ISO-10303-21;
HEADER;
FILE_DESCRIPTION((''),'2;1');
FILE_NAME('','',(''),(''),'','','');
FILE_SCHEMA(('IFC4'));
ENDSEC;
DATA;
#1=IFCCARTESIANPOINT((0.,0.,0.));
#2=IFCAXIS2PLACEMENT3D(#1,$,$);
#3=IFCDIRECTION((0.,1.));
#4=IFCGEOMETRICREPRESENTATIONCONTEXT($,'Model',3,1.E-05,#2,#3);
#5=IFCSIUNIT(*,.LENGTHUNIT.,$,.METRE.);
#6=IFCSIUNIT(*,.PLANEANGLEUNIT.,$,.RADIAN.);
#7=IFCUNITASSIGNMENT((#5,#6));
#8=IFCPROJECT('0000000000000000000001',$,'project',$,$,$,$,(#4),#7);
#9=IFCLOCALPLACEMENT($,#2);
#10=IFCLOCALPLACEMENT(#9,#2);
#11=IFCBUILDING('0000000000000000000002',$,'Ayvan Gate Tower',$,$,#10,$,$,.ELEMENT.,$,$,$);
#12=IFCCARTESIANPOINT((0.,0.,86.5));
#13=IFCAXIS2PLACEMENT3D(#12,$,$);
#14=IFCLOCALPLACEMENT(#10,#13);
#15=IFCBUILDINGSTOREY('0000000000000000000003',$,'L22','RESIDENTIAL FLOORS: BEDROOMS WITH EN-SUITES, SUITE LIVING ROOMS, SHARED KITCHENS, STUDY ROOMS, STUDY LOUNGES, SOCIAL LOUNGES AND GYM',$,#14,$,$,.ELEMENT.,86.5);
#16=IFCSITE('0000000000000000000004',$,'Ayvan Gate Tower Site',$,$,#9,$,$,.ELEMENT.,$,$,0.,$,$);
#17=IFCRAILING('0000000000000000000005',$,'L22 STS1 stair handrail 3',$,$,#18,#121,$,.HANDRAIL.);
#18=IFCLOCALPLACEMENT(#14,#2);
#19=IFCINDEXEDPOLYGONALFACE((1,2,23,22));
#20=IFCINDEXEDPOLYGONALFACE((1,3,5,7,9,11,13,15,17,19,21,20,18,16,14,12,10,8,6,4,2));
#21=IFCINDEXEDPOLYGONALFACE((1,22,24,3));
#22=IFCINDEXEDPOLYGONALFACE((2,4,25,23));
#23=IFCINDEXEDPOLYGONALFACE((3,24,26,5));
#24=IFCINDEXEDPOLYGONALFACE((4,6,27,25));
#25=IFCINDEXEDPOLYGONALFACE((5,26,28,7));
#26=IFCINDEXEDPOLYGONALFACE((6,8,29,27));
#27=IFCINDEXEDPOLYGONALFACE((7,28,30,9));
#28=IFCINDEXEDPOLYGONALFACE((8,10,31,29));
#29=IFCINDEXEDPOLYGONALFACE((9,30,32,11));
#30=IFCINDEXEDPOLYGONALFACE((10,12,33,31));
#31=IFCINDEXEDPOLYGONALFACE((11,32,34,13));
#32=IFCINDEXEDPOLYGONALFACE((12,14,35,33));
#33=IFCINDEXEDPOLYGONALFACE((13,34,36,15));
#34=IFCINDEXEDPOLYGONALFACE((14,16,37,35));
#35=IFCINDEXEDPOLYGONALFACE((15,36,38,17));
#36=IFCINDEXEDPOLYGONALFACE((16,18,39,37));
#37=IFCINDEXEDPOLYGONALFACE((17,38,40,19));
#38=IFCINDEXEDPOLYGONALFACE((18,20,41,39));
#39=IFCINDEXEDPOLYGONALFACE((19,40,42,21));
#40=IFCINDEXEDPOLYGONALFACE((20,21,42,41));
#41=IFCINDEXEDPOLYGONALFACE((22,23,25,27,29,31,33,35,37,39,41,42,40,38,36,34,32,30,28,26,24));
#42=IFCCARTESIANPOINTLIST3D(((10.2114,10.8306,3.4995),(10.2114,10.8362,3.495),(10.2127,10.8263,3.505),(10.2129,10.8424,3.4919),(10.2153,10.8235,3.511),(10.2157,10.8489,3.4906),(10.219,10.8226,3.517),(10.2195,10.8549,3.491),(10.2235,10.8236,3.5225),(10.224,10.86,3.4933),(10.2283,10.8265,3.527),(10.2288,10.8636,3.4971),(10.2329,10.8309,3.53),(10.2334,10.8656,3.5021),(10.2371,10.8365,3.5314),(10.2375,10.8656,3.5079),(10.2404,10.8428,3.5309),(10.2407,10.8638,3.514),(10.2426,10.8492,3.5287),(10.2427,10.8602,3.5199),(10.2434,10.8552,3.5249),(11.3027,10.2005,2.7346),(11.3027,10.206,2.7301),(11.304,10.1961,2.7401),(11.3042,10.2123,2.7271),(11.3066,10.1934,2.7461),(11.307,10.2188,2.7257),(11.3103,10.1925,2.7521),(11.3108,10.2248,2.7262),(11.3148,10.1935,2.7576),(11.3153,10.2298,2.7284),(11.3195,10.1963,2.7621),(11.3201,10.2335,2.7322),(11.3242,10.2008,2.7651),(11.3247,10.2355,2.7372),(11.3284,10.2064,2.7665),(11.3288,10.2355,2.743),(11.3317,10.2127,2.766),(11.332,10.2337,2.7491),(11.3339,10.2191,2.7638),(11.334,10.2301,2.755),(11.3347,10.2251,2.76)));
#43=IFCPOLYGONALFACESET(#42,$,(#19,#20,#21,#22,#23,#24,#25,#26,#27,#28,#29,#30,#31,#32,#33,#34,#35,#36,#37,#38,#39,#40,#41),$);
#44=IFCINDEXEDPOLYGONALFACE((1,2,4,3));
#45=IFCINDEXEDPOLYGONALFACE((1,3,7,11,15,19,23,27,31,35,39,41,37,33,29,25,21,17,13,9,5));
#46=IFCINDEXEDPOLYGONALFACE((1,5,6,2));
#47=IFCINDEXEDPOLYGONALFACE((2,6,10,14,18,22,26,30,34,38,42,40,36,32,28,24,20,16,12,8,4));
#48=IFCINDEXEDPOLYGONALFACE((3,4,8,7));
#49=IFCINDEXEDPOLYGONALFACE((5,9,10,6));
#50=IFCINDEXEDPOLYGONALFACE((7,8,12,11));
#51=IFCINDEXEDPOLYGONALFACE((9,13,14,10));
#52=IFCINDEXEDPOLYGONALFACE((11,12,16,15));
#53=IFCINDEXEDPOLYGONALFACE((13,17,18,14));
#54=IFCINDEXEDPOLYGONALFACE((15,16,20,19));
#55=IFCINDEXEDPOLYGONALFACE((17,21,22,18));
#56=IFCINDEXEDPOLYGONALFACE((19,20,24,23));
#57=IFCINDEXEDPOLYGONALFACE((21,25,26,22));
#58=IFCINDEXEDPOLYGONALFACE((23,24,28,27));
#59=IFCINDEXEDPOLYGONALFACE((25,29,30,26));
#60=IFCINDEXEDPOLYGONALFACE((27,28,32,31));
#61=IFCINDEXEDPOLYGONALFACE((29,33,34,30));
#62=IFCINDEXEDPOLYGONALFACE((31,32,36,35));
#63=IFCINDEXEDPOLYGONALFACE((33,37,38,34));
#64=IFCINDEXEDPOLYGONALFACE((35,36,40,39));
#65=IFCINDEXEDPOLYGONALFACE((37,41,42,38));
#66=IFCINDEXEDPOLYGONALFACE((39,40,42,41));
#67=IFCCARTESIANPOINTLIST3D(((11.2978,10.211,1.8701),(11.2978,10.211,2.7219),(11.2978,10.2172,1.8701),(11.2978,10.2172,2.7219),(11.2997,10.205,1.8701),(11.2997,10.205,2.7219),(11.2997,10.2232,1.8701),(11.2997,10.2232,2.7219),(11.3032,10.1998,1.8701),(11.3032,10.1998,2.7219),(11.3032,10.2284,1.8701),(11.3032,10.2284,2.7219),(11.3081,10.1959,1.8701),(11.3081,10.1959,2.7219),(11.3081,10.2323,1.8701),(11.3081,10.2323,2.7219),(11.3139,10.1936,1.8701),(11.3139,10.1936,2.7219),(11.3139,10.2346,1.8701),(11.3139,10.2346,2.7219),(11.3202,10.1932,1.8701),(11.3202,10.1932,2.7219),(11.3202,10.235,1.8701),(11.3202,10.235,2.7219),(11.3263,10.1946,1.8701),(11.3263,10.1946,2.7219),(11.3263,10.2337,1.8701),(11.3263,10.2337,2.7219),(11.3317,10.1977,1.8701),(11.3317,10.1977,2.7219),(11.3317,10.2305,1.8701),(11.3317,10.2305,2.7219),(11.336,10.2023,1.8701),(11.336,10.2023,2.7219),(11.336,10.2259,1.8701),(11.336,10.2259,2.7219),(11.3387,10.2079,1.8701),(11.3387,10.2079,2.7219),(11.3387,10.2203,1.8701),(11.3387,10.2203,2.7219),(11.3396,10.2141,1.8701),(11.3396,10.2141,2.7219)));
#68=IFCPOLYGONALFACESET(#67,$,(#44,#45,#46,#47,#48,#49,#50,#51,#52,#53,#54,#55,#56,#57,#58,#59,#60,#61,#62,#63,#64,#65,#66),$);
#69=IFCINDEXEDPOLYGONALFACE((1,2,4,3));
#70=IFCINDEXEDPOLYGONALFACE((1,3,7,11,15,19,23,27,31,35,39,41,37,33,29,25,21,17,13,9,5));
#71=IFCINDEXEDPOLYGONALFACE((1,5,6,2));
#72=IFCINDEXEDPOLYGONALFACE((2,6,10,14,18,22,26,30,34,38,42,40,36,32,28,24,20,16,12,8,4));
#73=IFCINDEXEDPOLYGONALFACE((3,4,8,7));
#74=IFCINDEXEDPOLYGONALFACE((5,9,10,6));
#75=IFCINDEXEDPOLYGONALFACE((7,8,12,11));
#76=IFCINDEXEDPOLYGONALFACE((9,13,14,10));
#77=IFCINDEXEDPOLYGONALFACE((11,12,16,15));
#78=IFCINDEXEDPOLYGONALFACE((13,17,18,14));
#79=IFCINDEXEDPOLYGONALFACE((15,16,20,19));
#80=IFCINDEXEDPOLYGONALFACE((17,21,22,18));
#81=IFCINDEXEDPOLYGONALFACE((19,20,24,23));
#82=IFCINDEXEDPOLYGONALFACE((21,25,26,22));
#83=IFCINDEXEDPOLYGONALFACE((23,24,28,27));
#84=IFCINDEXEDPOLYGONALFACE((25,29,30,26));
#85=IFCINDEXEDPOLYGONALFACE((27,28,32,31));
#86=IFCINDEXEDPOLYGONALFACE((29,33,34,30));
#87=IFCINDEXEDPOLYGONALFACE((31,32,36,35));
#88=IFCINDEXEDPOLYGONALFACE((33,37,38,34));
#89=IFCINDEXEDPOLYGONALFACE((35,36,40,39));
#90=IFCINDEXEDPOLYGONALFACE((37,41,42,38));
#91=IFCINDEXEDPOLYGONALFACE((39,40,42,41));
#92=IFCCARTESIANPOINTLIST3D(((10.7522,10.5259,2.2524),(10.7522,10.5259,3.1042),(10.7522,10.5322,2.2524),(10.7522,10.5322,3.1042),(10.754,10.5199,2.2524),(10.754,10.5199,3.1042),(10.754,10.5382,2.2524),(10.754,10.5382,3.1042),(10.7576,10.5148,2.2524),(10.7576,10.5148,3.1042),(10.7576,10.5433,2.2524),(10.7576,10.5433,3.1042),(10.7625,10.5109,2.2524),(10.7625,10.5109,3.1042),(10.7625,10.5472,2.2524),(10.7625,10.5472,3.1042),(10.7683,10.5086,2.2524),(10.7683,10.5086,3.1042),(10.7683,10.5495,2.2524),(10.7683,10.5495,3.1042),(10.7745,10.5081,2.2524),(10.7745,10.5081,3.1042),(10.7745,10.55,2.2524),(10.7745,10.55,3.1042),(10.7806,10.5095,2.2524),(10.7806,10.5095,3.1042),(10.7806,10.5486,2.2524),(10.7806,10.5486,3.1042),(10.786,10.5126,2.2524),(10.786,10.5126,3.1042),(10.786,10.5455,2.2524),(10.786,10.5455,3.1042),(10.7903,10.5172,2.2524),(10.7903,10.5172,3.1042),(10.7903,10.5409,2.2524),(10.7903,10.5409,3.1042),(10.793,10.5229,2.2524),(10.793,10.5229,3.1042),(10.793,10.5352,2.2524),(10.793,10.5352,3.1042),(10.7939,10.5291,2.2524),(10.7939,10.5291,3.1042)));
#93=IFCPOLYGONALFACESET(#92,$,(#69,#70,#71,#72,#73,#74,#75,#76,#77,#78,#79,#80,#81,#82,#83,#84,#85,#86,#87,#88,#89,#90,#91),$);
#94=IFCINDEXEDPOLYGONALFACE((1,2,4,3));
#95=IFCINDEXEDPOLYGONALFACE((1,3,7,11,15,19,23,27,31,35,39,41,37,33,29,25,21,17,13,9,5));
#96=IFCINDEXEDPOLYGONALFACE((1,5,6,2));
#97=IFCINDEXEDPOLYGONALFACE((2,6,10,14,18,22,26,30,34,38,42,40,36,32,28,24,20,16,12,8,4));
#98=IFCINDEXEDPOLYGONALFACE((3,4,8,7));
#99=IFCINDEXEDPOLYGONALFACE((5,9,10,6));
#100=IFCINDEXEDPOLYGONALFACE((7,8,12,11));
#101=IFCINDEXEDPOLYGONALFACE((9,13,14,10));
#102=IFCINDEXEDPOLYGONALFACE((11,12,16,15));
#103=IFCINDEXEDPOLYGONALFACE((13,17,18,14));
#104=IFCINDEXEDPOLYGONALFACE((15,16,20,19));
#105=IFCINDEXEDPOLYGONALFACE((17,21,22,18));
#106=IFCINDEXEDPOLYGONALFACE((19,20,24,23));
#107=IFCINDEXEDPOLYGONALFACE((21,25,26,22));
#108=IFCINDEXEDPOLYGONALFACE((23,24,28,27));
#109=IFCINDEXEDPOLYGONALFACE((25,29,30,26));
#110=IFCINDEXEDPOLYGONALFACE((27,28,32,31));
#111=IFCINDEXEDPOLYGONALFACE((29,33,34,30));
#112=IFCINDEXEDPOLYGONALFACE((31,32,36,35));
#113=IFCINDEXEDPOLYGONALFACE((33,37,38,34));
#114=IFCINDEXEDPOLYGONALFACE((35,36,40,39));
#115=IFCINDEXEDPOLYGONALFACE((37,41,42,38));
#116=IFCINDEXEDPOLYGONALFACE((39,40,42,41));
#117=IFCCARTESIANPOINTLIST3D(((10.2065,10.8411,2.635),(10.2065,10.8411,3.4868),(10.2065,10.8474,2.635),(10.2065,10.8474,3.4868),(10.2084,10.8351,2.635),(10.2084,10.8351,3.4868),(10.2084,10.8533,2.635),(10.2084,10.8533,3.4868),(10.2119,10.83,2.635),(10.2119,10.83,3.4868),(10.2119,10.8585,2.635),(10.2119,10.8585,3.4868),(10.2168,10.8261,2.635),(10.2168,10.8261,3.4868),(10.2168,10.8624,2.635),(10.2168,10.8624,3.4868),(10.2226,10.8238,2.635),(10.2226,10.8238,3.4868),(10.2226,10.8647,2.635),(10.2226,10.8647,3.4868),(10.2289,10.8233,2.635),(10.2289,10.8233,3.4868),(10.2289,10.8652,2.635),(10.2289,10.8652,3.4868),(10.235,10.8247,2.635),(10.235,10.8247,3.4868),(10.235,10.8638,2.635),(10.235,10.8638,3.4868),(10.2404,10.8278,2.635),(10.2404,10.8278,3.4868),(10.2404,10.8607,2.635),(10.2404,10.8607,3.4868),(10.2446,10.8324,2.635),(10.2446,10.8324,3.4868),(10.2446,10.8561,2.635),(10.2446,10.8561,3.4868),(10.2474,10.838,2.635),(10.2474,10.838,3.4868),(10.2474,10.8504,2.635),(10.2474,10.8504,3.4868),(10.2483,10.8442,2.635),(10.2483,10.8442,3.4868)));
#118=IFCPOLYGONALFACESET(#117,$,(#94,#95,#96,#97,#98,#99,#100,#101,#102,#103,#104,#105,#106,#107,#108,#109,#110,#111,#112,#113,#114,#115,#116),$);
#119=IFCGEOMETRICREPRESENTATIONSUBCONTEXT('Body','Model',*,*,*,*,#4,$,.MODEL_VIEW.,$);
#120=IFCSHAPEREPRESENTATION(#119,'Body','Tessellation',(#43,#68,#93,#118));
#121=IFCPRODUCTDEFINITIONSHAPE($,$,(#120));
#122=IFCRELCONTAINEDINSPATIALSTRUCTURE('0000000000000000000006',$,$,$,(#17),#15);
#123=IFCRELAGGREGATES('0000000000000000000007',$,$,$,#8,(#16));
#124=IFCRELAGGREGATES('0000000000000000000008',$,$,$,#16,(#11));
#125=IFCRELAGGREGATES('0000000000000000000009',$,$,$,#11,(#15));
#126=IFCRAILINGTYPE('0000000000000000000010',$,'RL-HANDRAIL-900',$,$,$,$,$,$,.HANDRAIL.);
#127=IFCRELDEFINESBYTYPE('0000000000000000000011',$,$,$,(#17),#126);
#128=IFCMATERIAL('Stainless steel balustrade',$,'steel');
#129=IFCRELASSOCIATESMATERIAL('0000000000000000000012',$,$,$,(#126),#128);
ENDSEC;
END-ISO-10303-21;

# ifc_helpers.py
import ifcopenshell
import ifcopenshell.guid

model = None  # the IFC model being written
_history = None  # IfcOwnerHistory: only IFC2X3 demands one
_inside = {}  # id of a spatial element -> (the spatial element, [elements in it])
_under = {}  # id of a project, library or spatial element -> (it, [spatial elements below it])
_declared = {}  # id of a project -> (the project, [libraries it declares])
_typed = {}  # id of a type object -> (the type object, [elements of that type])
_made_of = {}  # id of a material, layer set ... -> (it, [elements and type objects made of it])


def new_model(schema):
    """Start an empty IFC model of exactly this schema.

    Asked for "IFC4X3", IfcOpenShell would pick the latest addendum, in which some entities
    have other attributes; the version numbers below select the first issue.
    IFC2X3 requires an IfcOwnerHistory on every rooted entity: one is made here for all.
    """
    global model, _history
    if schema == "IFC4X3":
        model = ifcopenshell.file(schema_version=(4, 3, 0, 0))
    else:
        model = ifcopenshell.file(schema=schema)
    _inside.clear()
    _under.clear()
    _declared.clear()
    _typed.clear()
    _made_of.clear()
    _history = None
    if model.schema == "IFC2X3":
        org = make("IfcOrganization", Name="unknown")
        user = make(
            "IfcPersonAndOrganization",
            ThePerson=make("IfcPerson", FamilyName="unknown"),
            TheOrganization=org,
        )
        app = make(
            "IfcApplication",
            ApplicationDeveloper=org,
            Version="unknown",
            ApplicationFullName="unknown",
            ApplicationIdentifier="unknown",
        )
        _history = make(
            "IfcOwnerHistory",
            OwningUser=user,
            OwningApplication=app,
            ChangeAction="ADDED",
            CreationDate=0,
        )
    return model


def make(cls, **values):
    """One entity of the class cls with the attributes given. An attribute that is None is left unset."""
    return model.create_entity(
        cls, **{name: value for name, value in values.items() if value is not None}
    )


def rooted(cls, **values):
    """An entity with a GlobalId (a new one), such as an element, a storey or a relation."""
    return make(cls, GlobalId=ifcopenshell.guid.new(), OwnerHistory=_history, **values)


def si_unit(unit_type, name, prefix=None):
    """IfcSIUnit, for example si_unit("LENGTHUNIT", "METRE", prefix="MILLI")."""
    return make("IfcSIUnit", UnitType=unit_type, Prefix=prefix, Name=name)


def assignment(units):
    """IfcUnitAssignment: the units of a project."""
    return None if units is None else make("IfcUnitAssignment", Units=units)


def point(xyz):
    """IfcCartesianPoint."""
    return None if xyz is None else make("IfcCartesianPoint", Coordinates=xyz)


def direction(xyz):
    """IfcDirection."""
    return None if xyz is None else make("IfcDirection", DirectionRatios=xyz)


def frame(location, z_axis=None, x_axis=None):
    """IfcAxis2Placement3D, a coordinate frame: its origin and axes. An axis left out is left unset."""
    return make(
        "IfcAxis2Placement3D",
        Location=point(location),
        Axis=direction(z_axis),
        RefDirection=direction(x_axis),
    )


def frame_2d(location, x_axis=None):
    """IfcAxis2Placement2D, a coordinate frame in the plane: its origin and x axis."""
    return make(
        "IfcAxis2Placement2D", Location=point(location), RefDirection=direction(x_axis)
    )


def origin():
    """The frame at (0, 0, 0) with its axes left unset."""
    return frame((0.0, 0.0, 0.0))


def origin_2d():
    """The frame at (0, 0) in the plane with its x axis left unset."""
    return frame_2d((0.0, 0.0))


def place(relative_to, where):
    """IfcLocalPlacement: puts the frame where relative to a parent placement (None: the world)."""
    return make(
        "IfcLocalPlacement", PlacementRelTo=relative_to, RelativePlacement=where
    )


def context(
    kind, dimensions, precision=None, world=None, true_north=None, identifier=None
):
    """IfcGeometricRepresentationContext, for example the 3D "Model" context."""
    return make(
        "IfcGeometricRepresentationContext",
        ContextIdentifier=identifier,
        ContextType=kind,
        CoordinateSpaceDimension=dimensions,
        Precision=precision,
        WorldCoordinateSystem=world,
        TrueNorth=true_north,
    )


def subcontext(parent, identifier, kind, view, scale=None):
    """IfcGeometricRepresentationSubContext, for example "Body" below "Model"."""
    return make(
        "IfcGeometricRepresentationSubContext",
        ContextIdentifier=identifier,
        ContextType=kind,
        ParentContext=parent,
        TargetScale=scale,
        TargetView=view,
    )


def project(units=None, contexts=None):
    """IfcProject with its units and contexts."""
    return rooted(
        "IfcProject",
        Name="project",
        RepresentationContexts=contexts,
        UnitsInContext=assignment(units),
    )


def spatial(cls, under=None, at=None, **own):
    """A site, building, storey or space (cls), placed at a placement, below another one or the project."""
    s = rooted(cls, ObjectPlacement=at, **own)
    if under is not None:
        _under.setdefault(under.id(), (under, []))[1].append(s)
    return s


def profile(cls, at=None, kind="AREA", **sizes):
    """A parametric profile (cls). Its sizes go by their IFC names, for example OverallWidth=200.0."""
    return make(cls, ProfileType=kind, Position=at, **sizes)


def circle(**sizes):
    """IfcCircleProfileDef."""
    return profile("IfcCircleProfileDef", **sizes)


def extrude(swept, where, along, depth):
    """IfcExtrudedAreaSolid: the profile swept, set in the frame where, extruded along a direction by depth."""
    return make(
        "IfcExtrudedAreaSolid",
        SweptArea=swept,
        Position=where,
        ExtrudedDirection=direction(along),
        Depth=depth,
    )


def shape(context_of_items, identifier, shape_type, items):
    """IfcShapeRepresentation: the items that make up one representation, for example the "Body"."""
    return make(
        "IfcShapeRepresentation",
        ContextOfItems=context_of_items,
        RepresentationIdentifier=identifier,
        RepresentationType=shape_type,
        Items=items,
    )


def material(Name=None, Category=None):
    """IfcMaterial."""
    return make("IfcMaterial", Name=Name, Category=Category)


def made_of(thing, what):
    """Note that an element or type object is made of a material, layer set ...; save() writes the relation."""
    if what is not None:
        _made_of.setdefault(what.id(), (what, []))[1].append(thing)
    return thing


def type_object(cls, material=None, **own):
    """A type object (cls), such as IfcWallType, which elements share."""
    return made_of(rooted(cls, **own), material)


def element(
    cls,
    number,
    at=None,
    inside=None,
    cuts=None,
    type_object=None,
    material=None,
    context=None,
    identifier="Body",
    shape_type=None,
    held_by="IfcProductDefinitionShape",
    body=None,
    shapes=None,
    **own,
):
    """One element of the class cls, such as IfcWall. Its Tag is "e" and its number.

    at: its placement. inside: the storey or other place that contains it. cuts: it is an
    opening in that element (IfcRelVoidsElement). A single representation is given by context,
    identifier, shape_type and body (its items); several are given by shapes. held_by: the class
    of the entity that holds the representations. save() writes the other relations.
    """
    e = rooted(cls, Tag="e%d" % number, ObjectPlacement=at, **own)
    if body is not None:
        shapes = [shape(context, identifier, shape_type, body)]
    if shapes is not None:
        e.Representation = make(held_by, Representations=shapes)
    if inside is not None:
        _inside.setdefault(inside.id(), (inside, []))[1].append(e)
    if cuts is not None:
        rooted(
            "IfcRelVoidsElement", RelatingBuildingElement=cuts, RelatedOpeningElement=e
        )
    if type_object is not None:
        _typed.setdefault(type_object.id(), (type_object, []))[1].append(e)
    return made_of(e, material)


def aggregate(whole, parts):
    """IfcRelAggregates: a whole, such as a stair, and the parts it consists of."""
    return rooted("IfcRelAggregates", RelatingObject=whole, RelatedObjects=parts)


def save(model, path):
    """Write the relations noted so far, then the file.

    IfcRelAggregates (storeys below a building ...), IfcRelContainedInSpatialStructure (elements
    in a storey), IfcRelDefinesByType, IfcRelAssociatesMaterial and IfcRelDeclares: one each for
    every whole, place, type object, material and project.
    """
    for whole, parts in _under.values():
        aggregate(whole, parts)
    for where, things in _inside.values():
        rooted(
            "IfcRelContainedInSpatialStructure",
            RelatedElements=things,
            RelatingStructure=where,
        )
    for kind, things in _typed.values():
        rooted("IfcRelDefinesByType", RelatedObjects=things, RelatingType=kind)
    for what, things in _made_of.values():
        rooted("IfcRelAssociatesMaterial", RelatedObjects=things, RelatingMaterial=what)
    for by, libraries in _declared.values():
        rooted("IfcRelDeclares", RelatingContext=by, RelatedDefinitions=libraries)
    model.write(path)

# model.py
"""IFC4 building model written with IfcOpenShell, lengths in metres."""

from ifc_helpers import new_model, si_unit, direction, frame, origin, origin_2d, place, context, subcontext, project, spatial, circle, extrude, material, type_object, element, save


model = new_model("IFC4")

# Units and contexts
model_context = context("Model", 3, precision=1e-05, world=origin(), true_north=direction((0.0, 1.0)))
body_context = subcontext(model_context, "Body", "Model", "MODEL_VIEW")
ifc_project = project(units=[si_unit("LENGTHUNIT", "METRE"), si_unit("PLANEANGLEUNIT", "RADIAN")], contexts=[model_context])

# Site, building, storey
site_placement = place(None, origin())
site = spatial("IfcSite", under=ifc_project, at=site_placement, Name="Ayvan Gate Tower Site", CompositionType="ELEMENT", RefElevation=0.0)
building_placement = place(site_placement, origin())
building = spatial("IfcBuilding", under=site, at=building_placement, Name="Ayvan Gate Tower", CompositionType="ELEMENT")
storey_placement = place(building_placement, frame((0.0, 0.0, 86.5)))
storey = spatial("IfcBuildingStorey", under=building, at=storey_placement, Name="L22", Description="RESIDENTIAL FLOORS: BEDROOMS WITH EN-SUITES, SUITE LIVING ROOMS, SHARED KITCHENS, STUDY ROOMS, STUDY LOUNGES, SOCIAL LOUNGES AND GYM", CompositionType="ELEMENT", Elevation=86.5)

# Railing
ifc_material_1 = material(Name="Stainless steel balustrade", Category="steel")
railing_type_1 = type_object("IfcRailingType", Name="RL-HANDRAIL-900", PredefinedType="HANDRAIL", material=ifc_material_1)
railing_1_placement = place(storey_placement, frame((11.3186, 10.2141, 1.8701)))
element("IfcRailing", 1, at=railing_1_placement, inside=storey, type_object=railing_type_1, Name="L22 STS1 stair handrail 3", PredefinedType="HANDRAIL", context=body_context, shape_type="SweptSolid", body=[
    extrude(circle(Radius=0.0239, at=origin_2d()), frame((0.0, 0.0, 0.876), z_axis=(-0.740304, 0.427455, 0.518875), x_axis=(-0.500035, -0.866005, 0.0)), (0.0, 0.0, 1.0), 1.4741),
    extrude(circle(Radius=0.021, at=origin_2d()), origin(), (0.0, 0.0, 1.0), 0.8518),
    extrude(circle(Radius=0.021, at=origin_2d()), frame((-0.5457, 0.3149, 0.3823)), (0.0, 0.0, 1.0), 0.8518),
    extrude(circle(Radius=0.021, at=origin_2d()), frame((-1.0913, 0.6301, 0.7649)), (0.0, 0.0, 1.0), 0.8518),
])

save(model, "model.ifc")
